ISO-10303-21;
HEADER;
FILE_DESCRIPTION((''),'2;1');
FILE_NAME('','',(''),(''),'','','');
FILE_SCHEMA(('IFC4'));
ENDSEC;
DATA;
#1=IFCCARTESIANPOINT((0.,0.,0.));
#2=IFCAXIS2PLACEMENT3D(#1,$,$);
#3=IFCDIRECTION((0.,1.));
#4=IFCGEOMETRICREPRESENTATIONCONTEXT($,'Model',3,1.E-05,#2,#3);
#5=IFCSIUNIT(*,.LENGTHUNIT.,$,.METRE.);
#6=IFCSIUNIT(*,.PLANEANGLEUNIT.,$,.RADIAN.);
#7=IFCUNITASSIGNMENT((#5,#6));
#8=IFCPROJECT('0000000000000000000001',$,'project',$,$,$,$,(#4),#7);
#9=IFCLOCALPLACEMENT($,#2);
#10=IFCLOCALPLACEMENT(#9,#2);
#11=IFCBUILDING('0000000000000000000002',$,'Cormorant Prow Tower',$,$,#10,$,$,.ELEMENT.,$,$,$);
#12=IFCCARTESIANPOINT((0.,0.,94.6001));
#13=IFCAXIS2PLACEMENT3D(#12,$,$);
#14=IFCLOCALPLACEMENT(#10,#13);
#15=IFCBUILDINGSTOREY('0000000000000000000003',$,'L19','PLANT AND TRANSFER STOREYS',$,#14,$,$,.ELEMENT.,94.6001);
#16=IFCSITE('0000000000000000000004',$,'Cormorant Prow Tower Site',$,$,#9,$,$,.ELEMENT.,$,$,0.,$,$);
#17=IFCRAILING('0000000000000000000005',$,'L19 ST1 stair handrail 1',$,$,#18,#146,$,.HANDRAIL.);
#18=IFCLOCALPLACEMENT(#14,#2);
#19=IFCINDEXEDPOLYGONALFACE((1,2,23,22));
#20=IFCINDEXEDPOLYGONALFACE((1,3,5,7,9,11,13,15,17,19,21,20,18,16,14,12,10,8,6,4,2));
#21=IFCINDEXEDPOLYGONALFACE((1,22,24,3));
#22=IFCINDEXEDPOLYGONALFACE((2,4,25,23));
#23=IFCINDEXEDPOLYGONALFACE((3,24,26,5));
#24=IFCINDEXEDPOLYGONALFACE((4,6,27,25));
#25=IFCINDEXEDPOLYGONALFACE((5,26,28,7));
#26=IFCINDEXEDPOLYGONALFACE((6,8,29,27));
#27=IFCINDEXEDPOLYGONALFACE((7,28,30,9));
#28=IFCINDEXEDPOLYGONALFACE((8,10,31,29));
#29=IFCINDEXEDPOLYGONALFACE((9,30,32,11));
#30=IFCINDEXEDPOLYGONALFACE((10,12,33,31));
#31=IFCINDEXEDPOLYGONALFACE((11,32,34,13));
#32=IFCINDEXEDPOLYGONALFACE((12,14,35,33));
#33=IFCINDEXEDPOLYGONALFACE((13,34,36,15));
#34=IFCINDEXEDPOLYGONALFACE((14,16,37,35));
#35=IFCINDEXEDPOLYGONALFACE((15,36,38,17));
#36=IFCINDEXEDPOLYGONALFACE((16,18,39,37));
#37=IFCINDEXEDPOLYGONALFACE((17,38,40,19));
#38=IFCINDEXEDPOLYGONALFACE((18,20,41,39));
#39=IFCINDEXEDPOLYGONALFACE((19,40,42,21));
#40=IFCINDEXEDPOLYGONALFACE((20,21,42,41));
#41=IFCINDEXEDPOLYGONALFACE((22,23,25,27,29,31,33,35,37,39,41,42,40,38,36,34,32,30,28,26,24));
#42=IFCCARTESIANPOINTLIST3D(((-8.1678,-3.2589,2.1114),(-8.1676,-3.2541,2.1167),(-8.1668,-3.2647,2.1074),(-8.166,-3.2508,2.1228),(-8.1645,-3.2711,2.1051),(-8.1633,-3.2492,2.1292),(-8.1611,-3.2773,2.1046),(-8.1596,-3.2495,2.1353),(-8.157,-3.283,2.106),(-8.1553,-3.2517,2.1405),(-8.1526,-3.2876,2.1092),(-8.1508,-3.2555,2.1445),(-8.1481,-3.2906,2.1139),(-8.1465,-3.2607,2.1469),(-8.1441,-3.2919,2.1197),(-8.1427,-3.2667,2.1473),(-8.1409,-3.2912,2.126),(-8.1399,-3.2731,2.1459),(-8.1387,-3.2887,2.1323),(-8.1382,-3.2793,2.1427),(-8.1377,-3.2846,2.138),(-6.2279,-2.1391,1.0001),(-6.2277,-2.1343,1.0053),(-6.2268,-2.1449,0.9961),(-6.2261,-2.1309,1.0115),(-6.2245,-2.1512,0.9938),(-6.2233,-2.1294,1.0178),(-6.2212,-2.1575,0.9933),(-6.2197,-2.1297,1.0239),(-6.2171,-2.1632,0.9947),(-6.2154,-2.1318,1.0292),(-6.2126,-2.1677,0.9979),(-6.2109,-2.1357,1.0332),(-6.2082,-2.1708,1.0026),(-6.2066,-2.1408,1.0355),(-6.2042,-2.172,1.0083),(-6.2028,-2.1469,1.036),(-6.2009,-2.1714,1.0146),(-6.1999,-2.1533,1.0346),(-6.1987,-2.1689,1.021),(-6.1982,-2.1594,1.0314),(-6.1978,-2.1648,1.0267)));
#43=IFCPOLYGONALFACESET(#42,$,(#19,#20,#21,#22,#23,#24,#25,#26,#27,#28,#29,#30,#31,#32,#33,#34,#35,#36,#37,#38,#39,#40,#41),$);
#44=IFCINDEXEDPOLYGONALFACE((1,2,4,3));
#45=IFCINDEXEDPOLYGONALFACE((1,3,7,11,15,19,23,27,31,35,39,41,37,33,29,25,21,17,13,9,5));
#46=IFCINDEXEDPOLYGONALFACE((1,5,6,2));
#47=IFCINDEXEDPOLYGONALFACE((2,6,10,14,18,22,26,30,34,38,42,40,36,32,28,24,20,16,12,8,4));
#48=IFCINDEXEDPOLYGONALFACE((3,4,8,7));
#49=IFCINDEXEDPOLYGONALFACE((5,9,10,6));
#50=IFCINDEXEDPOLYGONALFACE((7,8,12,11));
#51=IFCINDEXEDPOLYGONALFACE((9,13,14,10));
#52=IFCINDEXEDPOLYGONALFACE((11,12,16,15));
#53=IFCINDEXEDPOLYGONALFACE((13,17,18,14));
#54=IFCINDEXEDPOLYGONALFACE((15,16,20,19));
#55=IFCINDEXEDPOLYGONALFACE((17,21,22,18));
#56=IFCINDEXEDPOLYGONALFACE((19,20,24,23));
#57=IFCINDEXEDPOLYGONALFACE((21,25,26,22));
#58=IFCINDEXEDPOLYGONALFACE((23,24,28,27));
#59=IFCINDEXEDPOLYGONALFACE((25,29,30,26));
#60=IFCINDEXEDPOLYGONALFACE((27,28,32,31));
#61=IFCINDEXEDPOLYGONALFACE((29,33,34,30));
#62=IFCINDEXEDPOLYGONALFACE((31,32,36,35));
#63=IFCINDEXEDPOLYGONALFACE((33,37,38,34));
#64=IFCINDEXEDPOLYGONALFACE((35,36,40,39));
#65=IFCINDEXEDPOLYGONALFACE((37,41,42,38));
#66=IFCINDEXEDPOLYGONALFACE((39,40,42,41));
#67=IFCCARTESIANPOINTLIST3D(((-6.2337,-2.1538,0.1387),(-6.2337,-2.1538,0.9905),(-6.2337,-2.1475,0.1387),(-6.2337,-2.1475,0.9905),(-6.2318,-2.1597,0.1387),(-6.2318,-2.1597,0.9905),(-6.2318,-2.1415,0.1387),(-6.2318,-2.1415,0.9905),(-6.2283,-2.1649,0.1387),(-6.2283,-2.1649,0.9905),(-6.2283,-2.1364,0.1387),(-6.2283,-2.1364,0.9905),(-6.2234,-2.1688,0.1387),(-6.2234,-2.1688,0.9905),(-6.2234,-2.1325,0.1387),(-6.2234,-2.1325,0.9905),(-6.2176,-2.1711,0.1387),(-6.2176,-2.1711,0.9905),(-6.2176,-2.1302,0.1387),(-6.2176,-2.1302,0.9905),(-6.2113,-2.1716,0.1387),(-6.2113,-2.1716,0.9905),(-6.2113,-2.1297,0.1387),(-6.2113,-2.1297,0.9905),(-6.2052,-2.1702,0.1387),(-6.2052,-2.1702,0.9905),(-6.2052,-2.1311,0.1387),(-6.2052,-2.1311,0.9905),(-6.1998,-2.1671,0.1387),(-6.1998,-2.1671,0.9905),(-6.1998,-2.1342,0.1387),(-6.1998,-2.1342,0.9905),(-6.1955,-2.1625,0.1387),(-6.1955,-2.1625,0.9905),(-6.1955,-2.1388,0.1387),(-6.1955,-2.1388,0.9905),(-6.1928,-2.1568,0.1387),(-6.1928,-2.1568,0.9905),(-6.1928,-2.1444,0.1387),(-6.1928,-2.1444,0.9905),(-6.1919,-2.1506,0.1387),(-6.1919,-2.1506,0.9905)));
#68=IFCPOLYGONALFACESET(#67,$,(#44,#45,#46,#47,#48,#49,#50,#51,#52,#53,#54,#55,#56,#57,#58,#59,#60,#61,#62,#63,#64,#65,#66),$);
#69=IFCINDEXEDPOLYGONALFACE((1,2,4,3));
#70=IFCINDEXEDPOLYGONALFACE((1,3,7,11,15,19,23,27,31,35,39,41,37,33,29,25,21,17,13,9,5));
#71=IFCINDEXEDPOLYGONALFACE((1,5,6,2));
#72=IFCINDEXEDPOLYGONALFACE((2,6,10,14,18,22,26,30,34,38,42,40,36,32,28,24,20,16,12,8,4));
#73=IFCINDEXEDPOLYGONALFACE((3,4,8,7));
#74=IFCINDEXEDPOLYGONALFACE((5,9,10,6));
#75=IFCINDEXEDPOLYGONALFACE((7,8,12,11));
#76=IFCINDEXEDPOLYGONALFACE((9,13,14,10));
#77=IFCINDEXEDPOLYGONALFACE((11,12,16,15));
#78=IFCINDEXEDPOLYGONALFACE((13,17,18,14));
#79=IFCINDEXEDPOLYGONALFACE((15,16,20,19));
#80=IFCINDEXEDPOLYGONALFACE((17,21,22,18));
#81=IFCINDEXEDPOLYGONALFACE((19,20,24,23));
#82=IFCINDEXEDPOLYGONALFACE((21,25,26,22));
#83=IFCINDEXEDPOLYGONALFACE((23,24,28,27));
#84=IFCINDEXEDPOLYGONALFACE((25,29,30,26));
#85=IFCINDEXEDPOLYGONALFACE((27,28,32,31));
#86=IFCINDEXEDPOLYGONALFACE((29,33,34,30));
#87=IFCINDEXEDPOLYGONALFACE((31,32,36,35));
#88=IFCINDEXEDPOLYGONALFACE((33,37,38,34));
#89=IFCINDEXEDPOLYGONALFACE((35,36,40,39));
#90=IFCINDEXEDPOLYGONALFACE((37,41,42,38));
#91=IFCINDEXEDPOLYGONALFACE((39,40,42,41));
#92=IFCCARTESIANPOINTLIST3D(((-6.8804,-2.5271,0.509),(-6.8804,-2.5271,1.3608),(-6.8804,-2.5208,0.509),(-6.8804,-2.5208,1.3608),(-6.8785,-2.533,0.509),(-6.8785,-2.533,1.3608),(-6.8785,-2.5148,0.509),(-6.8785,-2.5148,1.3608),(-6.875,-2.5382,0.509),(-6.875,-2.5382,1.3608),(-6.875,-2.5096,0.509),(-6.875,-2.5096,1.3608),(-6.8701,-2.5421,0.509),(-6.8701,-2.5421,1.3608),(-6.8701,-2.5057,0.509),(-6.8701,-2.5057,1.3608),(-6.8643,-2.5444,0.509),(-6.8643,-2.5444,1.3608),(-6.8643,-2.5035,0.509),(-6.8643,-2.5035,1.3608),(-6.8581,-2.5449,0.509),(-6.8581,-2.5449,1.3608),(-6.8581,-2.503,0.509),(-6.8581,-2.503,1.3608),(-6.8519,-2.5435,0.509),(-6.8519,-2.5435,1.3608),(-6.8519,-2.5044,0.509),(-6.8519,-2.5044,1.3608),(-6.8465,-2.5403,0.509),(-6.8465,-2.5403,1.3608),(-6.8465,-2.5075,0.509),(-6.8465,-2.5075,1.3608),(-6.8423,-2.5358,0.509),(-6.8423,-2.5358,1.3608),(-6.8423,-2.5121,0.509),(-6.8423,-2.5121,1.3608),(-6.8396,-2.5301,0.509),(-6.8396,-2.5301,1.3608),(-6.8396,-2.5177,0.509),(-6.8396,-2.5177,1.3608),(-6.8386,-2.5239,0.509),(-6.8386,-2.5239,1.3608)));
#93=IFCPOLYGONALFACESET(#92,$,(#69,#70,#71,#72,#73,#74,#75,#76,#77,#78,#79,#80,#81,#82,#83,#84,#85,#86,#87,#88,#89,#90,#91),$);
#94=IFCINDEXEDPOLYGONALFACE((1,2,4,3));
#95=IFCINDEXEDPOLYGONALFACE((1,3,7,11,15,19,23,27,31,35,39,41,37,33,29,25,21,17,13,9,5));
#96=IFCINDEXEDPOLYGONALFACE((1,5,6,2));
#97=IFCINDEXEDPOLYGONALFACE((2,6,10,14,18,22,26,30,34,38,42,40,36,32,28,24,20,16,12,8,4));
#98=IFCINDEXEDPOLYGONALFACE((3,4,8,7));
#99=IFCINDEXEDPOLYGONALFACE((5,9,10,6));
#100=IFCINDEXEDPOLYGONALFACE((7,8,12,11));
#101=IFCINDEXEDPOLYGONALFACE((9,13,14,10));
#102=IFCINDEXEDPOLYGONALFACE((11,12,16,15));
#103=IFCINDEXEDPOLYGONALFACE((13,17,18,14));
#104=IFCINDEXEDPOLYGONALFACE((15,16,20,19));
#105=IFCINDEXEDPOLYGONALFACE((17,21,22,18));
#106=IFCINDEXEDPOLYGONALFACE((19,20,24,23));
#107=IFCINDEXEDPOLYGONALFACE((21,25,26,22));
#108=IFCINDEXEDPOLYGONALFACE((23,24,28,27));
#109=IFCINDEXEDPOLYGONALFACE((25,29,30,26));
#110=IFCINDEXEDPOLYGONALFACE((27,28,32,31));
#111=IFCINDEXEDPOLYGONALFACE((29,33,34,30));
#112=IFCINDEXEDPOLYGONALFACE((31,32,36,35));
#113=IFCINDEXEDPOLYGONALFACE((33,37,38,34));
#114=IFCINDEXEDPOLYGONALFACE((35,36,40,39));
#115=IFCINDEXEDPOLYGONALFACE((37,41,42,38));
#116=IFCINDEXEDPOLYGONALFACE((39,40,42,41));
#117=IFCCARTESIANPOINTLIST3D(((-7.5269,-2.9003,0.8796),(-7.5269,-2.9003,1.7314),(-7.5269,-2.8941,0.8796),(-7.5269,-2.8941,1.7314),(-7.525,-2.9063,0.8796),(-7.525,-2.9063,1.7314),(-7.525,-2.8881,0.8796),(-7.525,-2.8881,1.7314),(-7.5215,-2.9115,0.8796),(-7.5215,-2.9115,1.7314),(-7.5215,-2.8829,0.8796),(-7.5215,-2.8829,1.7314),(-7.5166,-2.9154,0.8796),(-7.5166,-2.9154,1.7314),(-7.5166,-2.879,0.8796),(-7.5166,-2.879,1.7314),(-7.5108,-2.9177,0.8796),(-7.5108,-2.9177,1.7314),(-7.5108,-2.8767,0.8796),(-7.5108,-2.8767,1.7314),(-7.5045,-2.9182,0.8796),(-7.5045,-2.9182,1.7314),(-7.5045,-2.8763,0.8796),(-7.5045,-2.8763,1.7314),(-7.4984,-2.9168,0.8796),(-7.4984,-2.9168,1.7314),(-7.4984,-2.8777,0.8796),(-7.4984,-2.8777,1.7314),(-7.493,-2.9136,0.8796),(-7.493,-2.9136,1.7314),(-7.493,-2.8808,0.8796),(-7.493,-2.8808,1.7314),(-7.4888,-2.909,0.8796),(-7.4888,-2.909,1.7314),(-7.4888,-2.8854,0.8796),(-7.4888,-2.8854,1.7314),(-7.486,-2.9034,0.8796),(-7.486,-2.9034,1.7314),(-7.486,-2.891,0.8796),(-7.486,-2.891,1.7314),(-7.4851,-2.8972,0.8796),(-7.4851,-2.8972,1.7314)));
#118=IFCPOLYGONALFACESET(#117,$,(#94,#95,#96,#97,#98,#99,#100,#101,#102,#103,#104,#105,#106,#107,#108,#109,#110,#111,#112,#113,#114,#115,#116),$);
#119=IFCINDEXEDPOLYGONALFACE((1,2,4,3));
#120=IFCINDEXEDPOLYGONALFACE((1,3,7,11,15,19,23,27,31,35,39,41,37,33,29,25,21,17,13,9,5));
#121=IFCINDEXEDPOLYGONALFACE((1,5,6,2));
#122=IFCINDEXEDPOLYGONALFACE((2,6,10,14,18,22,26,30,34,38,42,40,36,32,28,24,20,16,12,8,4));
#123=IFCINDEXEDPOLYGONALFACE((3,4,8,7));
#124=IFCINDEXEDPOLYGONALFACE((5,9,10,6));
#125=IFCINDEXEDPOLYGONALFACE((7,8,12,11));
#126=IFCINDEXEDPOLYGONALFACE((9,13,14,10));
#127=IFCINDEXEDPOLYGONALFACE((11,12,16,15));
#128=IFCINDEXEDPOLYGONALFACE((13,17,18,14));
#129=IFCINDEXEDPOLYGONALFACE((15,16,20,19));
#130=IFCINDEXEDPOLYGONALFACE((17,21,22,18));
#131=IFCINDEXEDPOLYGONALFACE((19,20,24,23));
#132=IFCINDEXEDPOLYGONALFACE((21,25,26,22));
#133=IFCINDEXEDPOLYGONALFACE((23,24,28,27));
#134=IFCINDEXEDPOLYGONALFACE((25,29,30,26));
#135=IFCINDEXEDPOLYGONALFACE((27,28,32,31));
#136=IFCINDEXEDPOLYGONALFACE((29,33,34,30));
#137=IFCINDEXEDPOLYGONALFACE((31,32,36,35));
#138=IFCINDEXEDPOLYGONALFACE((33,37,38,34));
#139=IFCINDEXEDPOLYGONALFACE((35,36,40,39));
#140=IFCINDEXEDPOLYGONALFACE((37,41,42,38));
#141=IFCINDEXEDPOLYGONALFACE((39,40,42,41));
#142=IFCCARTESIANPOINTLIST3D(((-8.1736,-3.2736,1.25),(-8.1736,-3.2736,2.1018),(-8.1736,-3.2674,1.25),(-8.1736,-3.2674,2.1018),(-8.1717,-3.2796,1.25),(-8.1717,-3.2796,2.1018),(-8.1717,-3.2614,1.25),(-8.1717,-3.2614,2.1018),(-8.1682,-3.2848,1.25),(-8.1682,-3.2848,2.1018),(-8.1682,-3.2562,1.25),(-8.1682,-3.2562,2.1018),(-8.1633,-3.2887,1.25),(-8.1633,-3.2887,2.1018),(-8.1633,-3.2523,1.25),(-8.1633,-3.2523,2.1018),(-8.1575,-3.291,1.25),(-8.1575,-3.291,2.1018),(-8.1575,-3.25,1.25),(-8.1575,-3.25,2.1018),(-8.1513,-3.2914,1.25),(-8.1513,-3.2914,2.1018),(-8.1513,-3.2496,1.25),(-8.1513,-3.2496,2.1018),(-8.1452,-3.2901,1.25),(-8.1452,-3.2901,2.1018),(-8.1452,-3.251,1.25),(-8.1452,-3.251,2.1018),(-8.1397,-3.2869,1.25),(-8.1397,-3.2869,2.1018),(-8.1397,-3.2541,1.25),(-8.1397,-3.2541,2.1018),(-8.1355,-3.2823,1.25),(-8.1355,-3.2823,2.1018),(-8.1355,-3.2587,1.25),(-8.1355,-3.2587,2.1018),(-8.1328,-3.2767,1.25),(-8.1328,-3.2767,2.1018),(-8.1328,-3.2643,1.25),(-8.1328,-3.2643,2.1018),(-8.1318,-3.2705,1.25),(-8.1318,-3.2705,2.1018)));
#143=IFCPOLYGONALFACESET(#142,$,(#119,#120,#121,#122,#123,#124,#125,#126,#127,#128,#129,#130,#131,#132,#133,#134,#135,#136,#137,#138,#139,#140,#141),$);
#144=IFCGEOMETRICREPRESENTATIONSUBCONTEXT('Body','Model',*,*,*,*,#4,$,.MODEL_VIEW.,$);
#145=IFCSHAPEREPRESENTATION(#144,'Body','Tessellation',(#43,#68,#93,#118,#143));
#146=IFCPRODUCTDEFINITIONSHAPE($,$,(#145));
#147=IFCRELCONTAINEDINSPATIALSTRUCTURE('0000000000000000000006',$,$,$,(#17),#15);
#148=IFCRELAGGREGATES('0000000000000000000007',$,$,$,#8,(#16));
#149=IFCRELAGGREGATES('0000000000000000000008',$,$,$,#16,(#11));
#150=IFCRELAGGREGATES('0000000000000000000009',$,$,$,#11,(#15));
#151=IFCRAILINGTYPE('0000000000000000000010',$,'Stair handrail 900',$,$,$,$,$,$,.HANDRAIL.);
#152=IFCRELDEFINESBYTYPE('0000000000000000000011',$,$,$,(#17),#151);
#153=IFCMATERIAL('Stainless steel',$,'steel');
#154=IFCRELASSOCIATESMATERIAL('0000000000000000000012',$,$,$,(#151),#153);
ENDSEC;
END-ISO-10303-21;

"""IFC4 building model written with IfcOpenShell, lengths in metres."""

from ifc_helpers import new_model, si_unit, direction, frame, origin, origin_2d, place, context, subcontext, project, spatial, circle, extrude, material, type_object, element, save


model = new_model("IFC4")

# Units and contexts
model_context = context("Model", 3, precision=1e-05, world=origin(), true_north=direction((0.0, 1.0)))
body_context = subcontext(model_context, "Body", "Model", "MODEL_VIEW")
ifc_project = project(units=[si_unit("LENGTHUNIT", "METRE"), si_unit("PLANEANGLEUNIT", "RADIAN")], contexts=[model_context])

# Site, building, storey
site_placement = place(None, origin())
site = spatial("IfcSite", under=ifc_project, at=site_placement, Name="Cormorant Prow Tower Site", CompositionType="ELEMENT", RefElevation=0.0)
building_placement = place(site_placement, origin())
building = spatial("IfcBuilding", under=site, at=building_placement, Name="Cormorant Prow Tower", CompositionType="ELEMENT")
storey_placement = place(building_placement, frame((0.0, 0.0, 94.6001)))
storey = spatial("IfcBuildingStorey", under=building, at=storey_placement, Name="L19", Description="PLANT AND TRANSFER STOREYS", CompositionType="ELEMENT", Elevation=94.6001)

# Railing
ifc_material_1 = material(Name="Stainless steel", Category="steel")
railing_type_1 = type_object("IfcRailingType", Name="Stair handrail 900", PredefinedType="HANDRAIL", material=ifc_material_1)
for number, where, name in (
    (1, (-6.2129, -2.1506, 0.1387), "L19 ST1 stair handrail 1"),
):
    element("IfcRailing", number, at=place(storey_placement, frame(where)), inside=storey, type_object=railing_type_1, Name=name, PredefinedType="HANDRAIL", context=body_context, shape_type="SweptSolid", body=[
        extrude(circle(Radius=0.0239, at=origin_2d()), frame((0.0, 0.0, 0.876), z_axis=(-0.775819, -0.447858, 0.444441), x_axis=(0.499949, -0.866055, 0.0)), (0.0, 0.0, 1.0), 2.5005),
        extrude(circle(Radius=0.021, at=origin_2d()), origin(), (0.0, 0.0, 1.0), 0.8518),
        extrude(circle(Radius=0.021, at=origin_2d()), frame((-0.6467, -0.3733, 0.3704)), (0.0, 0.0, 1.0), 0.8518),
        extrude(circle(Radius=0.021, at=origin_2d()), frame((-1.2932, -0.7466, 0.741)), (0.0, 0.0, 1.0), 0.8518),
        extrude(circle(Radius=0.021, at=origin_2d()), frame((-1.9399, -1.1199, 1.1113)), (0.0, 0.0, 1.0), 0.8518),
    ])

save(model, "model.ifc")
